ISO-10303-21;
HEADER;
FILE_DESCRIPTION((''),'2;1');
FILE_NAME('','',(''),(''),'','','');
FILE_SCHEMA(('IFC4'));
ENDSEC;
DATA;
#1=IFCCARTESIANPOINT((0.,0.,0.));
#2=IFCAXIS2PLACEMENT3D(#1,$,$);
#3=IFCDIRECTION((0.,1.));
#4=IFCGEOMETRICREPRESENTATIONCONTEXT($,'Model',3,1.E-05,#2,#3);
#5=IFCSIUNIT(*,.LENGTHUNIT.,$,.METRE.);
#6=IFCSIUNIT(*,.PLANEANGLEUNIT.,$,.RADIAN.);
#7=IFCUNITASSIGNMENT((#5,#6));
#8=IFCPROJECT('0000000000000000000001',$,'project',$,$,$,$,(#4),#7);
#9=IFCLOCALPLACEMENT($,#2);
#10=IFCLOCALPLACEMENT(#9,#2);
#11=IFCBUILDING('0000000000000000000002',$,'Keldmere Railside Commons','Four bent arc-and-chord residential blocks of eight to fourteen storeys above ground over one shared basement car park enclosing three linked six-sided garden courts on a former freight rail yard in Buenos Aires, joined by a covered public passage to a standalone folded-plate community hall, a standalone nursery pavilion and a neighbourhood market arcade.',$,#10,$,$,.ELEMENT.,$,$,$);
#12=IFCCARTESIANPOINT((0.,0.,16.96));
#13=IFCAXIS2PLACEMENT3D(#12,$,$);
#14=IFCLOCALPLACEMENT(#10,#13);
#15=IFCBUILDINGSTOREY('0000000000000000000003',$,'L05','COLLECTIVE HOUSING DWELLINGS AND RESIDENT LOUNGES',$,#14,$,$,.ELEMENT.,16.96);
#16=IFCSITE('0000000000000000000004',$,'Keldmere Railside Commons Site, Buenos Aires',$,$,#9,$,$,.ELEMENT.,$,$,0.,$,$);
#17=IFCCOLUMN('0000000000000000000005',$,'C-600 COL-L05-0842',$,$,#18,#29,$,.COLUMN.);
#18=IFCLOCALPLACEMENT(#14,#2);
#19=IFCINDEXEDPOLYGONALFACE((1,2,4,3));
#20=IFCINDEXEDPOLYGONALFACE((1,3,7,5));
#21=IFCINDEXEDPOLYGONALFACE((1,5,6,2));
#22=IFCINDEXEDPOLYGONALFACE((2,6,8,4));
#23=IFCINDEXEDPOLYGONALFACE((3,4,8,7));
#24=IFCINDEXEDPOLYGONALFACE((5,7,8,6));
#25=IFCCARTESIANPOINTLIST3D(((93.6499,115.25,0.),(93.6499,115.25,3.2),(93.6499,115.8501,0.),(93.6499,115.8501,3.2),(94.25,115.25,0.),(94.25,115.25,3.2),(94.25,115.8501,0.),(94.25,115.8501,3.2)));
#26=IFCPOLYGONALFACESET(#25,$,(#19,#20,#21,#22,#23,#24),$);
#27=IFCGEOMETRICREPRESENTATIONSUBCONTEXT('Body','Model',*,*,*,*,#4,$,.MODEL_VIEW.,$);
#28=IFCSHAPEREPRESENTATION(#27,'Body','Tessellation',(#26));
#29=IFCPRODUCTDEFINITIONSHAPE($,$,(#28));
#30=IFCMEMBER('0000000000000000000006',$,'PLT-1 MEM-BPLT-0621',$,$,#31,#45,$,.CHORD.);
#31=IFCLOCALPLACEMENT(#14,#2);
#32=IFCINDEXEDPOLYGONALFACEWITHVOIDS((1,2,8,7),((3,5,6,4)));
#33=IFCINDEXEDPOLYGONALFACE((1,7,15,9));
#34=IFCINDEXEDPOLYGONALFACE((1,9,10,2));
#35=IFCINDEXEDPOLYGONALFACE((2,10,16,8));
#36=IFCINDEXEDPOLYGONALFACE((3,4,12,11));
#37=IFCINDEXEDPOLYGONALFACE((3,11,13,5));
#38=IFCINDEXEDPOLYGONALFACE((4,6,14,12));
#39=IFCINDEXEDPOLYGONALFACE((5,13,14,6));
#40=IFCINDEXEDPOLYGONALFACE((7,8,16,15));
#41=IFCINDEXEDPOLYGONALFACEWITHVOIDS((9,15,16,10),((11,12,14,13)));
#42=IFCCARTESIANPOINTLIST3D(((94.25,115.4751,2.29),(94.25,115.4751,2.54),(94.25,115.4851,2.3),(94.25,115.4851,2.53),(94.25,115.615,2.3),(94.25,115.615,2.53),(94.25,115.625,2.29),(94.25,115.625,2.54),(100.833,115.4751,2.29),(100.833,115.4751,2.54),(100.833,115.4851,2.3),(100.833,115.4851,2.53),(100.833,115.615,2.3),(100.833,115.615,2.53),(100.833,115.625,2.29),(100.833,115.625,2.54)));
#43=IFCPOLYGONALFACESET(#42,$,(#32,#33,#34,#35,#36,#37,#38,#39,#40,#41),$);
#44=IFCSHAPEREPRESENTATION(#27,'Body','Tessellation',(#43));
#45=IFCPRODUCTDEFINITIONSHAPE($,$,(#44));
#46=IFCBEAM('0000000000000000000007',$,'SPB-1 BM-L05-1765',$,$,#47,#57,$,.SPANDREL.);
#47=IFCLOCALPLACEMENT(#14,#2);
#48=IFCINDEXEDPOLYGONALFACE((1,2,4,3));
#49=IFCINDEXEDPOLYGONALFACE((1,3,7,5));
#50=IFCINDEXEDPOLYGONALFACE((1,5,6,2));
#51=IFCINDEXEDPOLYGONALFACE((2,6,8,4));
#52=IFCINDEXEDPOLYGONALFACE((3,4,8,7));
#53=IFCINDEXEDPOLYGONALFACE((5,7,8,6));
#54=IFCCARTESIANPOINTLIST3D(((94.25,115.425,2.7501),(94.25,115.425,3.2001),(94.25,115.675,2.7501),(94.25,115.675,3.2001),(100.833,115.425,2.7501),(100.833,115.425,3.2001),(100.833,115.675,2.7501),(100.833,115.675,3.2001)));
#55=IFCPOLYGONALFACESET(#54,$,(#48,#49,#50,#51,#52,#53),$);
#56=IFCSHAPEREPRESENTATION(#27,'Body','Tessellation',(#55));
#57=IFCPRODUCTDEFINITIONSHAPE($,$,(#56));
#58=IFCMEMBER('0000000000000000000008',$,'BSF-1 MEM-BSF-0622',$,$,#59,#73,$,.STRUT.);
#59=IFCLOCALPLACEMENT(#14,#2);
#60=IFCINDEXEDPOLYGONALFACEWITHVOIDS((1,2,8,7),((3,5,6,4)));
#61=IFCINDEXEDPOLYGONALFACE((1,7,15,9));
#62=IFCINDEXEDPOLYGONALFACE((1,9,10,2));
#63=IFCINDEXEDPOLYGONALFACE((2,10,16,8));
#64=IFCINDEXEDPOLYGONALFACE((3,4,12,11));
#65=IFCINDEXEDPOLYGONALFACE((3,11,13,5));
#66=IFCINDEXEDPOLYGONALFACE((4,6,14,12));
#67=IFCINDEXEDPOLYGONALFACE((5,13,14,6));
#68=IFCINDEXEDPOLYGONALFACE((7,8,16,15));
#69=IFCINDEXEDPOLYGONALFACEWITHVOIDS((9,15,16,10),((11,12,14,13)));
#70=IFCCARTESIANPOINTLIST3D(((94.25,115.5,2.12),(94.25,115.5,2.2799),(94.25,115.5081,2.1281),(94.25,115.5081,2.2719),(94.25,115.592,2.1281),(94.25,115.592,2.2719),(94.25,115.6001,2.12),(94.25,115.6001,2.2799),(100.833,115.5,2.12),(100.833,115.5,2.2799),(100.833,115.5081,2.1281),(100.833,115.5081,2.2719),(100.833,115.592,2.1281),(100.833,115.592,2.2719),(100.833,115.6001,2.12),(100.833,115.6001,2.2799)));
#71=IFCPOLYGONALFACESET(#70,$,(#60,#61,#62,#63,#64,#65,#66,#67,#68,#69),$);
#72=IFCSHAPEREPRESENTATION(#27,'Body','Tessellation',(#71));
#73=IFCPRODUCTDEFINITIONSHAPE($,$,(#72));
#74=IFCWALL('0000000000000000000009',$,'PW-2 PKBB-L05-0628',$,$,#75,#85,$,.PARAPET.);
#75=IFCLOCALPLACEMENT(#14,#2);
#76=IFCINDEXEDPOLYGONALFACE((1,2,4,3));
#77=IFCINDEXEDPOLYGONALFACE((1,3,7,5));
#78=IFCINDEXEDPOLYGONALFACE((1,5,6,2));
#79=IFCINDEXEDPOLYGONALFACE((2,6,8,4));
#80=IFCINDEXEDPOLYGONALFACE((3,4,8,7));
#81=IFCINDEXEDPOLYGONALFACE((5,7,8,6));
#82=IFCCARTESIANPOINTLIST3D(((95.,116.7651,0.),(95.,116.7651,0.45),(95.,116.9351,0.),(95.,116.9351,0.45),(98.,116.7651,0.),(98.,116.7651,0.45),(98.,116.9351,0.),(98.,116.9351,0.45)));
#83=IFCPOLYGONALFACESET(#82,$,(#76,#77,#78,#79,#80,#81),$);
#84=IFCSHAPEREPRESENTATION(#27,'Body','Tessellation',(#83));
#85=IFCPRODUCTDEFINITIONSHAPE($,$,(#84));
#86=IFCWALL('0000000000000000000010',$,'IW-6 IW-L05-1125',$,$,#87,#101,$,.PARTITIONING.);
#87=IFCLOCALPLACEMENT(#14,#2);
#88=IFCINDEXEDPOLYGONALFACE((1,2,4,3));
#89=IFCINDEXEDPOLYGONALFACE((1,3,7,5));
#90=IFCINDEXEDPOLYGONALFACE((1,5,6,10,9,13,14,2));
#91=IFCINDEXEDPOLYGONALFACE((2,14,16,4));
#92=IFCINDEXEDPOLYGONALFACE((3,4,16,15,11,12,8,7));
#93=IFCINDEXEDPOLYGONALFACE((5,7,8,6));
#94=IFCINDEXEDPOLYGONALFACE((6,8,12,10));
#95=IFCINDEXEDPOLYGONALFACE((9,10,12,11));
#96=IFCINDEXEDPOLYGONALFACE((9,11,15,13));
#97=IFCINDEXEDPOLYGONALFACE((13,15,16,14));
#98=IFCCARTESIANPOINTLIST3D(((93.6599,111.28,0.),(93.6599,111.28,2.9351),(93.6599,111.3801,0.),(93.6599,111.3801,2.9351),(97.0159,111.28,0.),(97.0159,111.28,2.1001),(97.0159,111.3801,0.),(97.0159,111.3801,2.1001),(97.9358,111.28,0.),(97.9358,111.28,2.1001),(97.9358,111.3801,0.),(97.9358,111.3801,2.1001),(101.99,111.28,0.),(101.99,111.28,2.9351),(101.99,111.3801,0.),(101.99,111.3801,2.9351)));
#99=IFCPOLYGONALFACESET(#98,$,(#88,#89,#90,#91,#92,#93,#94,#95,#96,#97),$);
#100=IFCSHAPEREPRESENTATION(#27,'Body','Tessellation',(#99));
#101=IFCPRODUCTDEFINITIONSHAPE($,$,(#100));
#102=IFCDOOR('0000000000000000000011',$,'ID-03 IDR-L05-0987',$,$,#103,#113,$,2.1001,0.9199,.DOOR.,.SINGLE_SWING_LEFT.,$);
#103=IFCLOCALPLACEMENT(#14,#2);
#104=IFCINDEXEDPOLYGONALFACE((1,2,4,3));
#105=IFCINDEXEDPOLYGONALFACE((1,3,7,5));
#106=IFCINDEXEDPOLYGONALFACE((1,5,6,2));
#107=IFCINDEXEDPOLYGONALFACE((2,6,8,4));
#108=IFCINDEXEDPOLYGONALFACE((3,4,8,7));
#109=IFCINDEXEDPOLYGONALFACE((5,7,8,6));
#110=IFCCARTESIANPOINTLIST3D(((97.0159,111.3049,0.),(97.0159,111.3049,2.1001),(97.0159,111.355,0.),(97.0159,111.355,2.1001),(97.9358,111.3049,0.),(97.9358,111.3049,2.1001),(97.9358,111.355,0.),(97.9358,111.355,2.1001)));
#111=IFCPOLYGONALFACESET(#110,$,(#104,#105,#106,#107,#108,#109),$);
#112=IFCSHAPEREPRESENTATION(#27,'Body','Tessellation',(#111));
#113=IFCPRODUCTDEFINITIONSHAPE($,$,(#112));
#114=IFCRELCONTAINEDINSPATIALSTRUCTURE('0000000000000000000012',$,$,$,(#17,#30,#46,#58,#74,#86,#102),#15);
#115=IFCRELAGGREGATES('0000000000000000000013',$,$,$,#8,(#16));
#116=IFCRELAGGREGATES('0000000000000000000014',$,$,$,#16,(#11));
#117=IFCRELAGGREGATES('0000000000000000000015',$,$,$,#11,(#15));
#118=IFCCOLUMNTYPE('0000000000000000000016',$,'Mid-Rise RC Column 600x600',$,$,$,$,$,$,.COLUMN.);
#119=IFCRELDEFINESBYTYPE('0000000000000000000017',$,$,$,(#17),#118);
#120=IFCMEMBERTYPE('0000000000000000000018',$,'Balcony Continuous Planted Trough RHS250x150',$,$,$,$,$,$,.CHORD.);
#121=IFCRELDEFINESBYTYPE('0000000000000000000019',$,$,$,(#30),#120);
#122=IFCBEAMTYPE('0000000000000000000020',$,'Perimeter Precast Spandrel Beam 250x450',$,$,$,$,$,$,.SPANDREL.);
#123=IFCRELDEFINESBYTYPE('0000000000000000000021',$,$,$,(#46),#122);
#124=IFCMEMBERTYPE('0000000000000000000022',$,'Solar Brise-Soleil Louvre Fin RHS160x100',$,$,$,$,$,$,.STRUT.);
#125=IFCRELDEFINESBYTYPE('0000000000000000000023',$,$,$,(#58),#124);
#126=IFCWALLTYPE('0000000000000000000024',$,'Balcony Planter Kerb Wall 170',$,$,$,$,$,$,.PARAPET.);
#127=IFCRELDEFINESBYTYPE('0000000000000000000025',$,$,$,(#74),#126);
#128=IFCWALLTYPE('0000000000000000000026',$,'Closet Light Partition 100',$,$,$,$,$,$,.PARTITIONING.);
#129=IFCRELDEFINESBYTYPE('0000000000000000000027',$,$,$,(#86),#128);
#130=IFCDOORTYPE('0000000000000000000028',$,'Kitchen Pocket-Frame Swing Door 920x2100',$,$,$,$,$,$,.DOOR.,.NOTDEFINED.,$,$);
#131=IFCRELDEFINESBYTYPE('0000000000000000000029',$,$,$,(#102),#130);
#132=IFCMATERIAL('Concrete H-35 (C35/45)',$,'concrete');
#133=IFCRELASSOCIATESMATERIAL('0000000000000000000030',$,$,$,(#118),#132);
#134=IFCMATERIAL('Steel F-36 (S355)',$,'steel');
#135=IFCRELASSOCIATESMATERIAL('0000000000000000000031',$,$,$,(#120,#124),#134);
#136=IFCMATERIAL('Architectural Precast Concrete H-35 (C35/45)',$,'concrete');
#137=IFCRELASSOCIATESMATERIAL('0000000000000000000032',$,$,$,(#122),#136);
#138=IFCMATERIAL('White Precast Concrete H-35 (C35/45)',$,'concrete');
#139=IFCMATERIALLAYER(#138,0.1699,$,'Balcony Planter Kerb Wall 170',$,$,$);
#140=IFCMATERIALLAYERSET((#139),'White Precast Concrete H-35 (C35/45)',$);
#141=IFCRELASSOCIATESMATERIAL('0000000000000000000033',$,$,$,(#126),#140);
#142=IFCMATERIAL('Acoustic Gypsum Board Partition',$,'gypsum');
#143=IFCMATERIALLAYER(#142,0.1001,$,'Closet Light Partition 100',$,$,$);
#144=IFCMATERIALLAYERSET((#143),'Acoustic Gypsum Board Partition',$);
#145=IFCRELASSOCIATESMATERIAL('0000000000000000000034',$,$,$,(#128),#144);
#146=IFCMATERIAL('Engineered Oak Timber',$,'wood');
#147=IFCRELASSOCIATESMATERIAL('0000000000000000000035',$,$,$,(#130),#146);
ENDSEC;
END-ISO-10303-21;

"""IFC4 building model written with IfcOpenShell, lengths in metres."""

from ifc_helpers import new_model, si_unit, direction, frame, frame_2d, origin, origin_2d, place, context, subcontext, project, spatial, rectangle, hollow_rectangle, extrude, material, layer, layer_set, material_profile, profile_set, type_object, element, fill, save


model = new_model("IFC4")

# Units and contexts
model_context = context("Model", 3, precision=1e-05, world=origin(), true_north=direction((0.0, 1.0)))
body_context = subcontext(model_context, "Body", "Model", "MODEL_VIEW")
ifc_project = project(units=[si_unit("LENGTHUNIT", "METRE"), si_unit("PLANEANGLEUNIT", "RADIAN")], contexts=[model_context])

# Site, building, storey
site_placement = place(None, origin())
site = spatial("IfcSite", under=ifc_project, at=site_placement, Name="Keldmere Railside Commons Site, Buenos Aires", CompositionType="ELEMENT", RefElevation=0.0)
building_placement = place(site_placement, origin())
building = spatial("IfcBuilding", under=site, at=building_placement, Name="Keldmere Railside Commons", Description="Four bent arc-and-chord residential blocks of eight to fourteen storeys above ground over one shared basement car park enclosing three linked six-sided garden courts on a former freight rail yard in Buenos Aires, joined by a covered public passage to a standalone folded-plate community hall, a standalone nursery pavilion and a neighbourhood market arcade.", CompositionType="ELEMENT")
storey_placement = place(building_placement, frame((0.0, 0.0, 16.96)))
storey = spatial("IfcBuildingStorey", under=building, at=storey_placement, Name="L05", Description="COLLECTIVE HOUSING DWELLINGS AND RESIDENT LOUNGES", CompositionType="ELEMENT", Elevation=16.96)

# Column
ifc_material_1 = material(Name="Concrete H-35 (C35/45)", Category="concrete")
ifc_material_profile_1 = material_profile(ifc_material_1, rectangle(XDim=0.6001, YDim=0.6001, at=origin_2d()), Name="RC-600x600")
ifc_profile_set_1 = profile_set([ifc_material_profile_1], Name="Concrete H-35 (C35/45)")
column_type = type_object("IfcColumnType", Name="Mid-Rise RC Column 600x600", PredefinedType="COLUMN", material=ifc_profile_set_1)
column_placement = place(storey_placement, frame((93.95, 115.55, 0.0), z_axis=(0.0, 0.0, 1.0), x_axis=(1.0, 0.0, 0.0)))
element("IfcColumn", 1, at=column_placement, inside=storey, type_object=column_type, Name="C-600 COL-L05-0842", PredefinedType="COLUMN", context=body_context, shape_type="SweptSolid", body=[
    extrude(rectangle(XDim=0.6001, YDim=0.6001, at=origin_2d()), origin(), (0.0, 0.0, 1.0), 3.2),
])

# Member
ifc_material_2 = material(Name="Steel F-36 (S355)", Category="steel")
ifc_material_profile_2 = material_profile(ifc_material_2, hollow_rectangle(XDim=0.1499, YDim=0.25, WallThickness=0.01, at=origin_2d()), Name="RHS-250x150x10")
ifc_profile_set_2 = profile_set([ifc_material_profile_2], Name="Steel F-36 (S355)")
member_type_1 = type_object("IfcMemberType", Name="Balcony Continuous Planted Trough RHS250x150", PredefinedType="CHORD", material=ifc_profile_set_2)
member_1_placement = place(storey_placement, frame((94.25, 115.55, 2.415), z_axis=(1.0, 0.0, 0.0), x_axis=(0.0, 1.0, 0.0)))
element("IfcMember", 2, at=member_1_placement, inside=storey, type_object=member_type_1, Name="PLT-1 MEM-BPLT-0621", PredefinedType="CHORD", context=body_context, shape_type="SweptSolid", body=[
    extrude(hollow_rectangle(XDim=0.1499, YDim=0.25, WallThickness=0.01, at=origin_2d()), origin(), (0.0, 0.0, 1.0), 6.583),
])

# Beam
ifc_material_3 = material(Name="Architectural Precast Concrete H-35 (C35/45)", Category="concrete")
ifc_material_profile_3 = material_profile(ifc_material_3, rectangle(XDim=0.25, YDim=0.45, at=origin_2d()), Name="RC-250x450")
ifc_profile_set_3 = profile_set([ifc_material_profile_3], Name="Architectural Precast Concrete H-35 (C35/45)")
beam_type = type_object("IfcBeamType", Name="Perimeter Precast Spandrel Beam 250x450", PredefinedType="SPANDREL", material=ifc_profile_set_3)
beam_placement = place(storey_placement, frame((94.25, 115.55, 2.9751), z_axis=(1.0, 0.0, 0.0), x_axis=(0.0, 1.0, 0.0)))
element("IfcBeam", 3, at=beam_placement, inside=storey, type_object=beam_type, Name="SPB-1 BM-L05-1765", PredefinedType="SPANDREL", context=body_context, shape_type="SweptSolid", body=[
    extrude(rectangle(XDim=0.25, YDim=0.45, at=origin_2d()), origin(), (0.0, 0.0, 1.0), 6.583),
])

# Member
ifc_material_profile_4 = material_profile(ifc_material_2, hollow_rectangle(XDim=0.1001, YDim=0.1599, WallThickness=0.0081, at=origin_2d()), Name="RHS-160x100x8")
ifc_profile_set_4 = profile_set([ifc_material_profile_4], Name="Steel F-36 (S355)")
member_type_2 = type_object("IfcMemberType", Name="Solar Brise-Soleil Louvre Fin RHS160x100", PredefinedType="STRUT", material=ifc_profile_set_4)
member_2_placement = place(storey_placement, frame((94.25, 115.55, 2.2), z_axis=(1.0, 0.0, 0.0), x_axis=(0.0, 1.0, 0.0)))
element("IfcMember", 4, at=member_2_placement, inside=storey, type_object=member_type_2, Name="BSF-1 MEM-BSF-0622", PredefinedType="STRUT", context=body_context, shape_type="SweptSolid", body=[
    extrude(hollow_rectangle(XDim=0.1001, YDim=0.1599, WallThickness=0.0081, at=origin_2d()), origin(), (0.0, 0.0, 1.0), 6.583),
])

# Wall
ifc_material_4 = material(Name="White Precast Concrete H-35 (C35/45)", Category="concrete")
ifc_layer_1 = layer(ifc_material_4, 0.1699, Name="Balcony Planter Kerb Wall 170")
ifc_layer_set_1 = layer_set([ifc_layer_1], Name="White Precast Concrete H-35 (C35/45)")
wall_type_1 = type_object("IfcWallType", Name="Balcony Planter Kerb Wall 170", PredefinedType="PARAPET", material=ifc_layer_set_1)
wall_1_placement = place(storey_placement, frame((95.0, 116.8501, 0.0), z_axis=(0.0, 0.0, 1.0), x_axis=(1.0, 0.0, 0.0)))
element("IfcWall", 5, at=wall_1_placement, inside=storey, type_object=wall_type_1, Name="PW-2 PKBB-L05-0628", PredefinedType="PARAPET", context=body_context, shape_type="SweptSolid", body=[
    extrude(rectangle(XDim=3.0, YDim=0.1699, at=frame_2d((1.5, 0.0))), origin(), (0.0, 0.0, 1.0), 0.45),
])

# Wall, opening, door
ifc_material_5 = material(Name="Acoustic Gypsum Board Partition", Category="gypsum")
ifc_layer_2 = layer(ifc_material_5, 0.1001, Name="Closet Light Partition 100")
ifc_layer_set_2 = layer_set([ifc_layer_2], Name="Acoustic Gypsum Board Partition")
wall_type_2 = type_object("IfcWallType", Name="Closet Light Partition 100", PredefinedType="PARTITIONING", material=ifc_layer_set_2)
wall_2_placement = place(storey_placement, frame((93.6599, 111.3301, 0.0), z_axis=(0.0, 0.0, 1.0), x_axis=(1.0, 0.0, 0.0)))
wall_2 = element("IfcWall", 6, at=wall_2_placement, inside=storey, type_object=wall_type_2, Name="IW-6 IW-L05-1125", PredefinedType="PARTITIONING", context=body_context, shape_type="SweptSolid", body=[
    extrude(rectangle(XDim=8.3301, YDim=0.1001, at=frame_2d((4.165, 0.0))), origin(), (0.0, 0.0, 1.0), 2.9351),
])
opening_1_placement = place(wall_2_placement, frame((3.356, 0.0, 0.0)))
opening_1 = element("IfcOpeningElement", 7, at=opening_1_placement, cuts=wall_2, PredefinedType="OPENING", context=body_context, shape_type="SweptSolid", body=[
    extrude(rectangle(XDim=0.9199, YDim=2.1001, at=frame_2d((0.46, 1.05))), frame((0.0, 0.0601, 0.0), z_axis=(0.0, -1.0, 0.0), x_axis=(1.0, 0.0, 0.0)), (0.0, 0.0, 1.0), 0.1201),
])
ifc_material_6 = material(Name="Engineered Oak Timber", Category="wood")
door_type_1 = type_object("IfcDoorType", Name="Kitchen Pocket-Frame Swing Door 920x2100", OperationType="NOTDEFINED", PredefinedType="DOOR", material=ifc_material_6)
door_1_placement = place(opening_1_placement, origin())
door_1 = element("IfcDoor", 8, at=door_1_placement, inside=storey, type_object=door_type_1, Name="ID-03 IDR-L05-0987", OperationType="SINGLE_SWING_LEFT", OverallHeight=2.1001, OverallWidth=0.9199, PredefinedType="DOOR", context=body_context, shape_type="SweptSolid", body=[
    extrude(rectangle(XDim=0.9199, YDim=2.1001, at=frame_2d((0.46, 1.05))), frame((0.0, 0.0249, 0.0), z_axis=(0.0, -1.0, 0.0), x_axis=(1.0, 0.0, 0.0)), (0.0, 0.0, 1.0), 0.05),
])
fill(opening_1, door_1)

save(model, "model.ifc")
